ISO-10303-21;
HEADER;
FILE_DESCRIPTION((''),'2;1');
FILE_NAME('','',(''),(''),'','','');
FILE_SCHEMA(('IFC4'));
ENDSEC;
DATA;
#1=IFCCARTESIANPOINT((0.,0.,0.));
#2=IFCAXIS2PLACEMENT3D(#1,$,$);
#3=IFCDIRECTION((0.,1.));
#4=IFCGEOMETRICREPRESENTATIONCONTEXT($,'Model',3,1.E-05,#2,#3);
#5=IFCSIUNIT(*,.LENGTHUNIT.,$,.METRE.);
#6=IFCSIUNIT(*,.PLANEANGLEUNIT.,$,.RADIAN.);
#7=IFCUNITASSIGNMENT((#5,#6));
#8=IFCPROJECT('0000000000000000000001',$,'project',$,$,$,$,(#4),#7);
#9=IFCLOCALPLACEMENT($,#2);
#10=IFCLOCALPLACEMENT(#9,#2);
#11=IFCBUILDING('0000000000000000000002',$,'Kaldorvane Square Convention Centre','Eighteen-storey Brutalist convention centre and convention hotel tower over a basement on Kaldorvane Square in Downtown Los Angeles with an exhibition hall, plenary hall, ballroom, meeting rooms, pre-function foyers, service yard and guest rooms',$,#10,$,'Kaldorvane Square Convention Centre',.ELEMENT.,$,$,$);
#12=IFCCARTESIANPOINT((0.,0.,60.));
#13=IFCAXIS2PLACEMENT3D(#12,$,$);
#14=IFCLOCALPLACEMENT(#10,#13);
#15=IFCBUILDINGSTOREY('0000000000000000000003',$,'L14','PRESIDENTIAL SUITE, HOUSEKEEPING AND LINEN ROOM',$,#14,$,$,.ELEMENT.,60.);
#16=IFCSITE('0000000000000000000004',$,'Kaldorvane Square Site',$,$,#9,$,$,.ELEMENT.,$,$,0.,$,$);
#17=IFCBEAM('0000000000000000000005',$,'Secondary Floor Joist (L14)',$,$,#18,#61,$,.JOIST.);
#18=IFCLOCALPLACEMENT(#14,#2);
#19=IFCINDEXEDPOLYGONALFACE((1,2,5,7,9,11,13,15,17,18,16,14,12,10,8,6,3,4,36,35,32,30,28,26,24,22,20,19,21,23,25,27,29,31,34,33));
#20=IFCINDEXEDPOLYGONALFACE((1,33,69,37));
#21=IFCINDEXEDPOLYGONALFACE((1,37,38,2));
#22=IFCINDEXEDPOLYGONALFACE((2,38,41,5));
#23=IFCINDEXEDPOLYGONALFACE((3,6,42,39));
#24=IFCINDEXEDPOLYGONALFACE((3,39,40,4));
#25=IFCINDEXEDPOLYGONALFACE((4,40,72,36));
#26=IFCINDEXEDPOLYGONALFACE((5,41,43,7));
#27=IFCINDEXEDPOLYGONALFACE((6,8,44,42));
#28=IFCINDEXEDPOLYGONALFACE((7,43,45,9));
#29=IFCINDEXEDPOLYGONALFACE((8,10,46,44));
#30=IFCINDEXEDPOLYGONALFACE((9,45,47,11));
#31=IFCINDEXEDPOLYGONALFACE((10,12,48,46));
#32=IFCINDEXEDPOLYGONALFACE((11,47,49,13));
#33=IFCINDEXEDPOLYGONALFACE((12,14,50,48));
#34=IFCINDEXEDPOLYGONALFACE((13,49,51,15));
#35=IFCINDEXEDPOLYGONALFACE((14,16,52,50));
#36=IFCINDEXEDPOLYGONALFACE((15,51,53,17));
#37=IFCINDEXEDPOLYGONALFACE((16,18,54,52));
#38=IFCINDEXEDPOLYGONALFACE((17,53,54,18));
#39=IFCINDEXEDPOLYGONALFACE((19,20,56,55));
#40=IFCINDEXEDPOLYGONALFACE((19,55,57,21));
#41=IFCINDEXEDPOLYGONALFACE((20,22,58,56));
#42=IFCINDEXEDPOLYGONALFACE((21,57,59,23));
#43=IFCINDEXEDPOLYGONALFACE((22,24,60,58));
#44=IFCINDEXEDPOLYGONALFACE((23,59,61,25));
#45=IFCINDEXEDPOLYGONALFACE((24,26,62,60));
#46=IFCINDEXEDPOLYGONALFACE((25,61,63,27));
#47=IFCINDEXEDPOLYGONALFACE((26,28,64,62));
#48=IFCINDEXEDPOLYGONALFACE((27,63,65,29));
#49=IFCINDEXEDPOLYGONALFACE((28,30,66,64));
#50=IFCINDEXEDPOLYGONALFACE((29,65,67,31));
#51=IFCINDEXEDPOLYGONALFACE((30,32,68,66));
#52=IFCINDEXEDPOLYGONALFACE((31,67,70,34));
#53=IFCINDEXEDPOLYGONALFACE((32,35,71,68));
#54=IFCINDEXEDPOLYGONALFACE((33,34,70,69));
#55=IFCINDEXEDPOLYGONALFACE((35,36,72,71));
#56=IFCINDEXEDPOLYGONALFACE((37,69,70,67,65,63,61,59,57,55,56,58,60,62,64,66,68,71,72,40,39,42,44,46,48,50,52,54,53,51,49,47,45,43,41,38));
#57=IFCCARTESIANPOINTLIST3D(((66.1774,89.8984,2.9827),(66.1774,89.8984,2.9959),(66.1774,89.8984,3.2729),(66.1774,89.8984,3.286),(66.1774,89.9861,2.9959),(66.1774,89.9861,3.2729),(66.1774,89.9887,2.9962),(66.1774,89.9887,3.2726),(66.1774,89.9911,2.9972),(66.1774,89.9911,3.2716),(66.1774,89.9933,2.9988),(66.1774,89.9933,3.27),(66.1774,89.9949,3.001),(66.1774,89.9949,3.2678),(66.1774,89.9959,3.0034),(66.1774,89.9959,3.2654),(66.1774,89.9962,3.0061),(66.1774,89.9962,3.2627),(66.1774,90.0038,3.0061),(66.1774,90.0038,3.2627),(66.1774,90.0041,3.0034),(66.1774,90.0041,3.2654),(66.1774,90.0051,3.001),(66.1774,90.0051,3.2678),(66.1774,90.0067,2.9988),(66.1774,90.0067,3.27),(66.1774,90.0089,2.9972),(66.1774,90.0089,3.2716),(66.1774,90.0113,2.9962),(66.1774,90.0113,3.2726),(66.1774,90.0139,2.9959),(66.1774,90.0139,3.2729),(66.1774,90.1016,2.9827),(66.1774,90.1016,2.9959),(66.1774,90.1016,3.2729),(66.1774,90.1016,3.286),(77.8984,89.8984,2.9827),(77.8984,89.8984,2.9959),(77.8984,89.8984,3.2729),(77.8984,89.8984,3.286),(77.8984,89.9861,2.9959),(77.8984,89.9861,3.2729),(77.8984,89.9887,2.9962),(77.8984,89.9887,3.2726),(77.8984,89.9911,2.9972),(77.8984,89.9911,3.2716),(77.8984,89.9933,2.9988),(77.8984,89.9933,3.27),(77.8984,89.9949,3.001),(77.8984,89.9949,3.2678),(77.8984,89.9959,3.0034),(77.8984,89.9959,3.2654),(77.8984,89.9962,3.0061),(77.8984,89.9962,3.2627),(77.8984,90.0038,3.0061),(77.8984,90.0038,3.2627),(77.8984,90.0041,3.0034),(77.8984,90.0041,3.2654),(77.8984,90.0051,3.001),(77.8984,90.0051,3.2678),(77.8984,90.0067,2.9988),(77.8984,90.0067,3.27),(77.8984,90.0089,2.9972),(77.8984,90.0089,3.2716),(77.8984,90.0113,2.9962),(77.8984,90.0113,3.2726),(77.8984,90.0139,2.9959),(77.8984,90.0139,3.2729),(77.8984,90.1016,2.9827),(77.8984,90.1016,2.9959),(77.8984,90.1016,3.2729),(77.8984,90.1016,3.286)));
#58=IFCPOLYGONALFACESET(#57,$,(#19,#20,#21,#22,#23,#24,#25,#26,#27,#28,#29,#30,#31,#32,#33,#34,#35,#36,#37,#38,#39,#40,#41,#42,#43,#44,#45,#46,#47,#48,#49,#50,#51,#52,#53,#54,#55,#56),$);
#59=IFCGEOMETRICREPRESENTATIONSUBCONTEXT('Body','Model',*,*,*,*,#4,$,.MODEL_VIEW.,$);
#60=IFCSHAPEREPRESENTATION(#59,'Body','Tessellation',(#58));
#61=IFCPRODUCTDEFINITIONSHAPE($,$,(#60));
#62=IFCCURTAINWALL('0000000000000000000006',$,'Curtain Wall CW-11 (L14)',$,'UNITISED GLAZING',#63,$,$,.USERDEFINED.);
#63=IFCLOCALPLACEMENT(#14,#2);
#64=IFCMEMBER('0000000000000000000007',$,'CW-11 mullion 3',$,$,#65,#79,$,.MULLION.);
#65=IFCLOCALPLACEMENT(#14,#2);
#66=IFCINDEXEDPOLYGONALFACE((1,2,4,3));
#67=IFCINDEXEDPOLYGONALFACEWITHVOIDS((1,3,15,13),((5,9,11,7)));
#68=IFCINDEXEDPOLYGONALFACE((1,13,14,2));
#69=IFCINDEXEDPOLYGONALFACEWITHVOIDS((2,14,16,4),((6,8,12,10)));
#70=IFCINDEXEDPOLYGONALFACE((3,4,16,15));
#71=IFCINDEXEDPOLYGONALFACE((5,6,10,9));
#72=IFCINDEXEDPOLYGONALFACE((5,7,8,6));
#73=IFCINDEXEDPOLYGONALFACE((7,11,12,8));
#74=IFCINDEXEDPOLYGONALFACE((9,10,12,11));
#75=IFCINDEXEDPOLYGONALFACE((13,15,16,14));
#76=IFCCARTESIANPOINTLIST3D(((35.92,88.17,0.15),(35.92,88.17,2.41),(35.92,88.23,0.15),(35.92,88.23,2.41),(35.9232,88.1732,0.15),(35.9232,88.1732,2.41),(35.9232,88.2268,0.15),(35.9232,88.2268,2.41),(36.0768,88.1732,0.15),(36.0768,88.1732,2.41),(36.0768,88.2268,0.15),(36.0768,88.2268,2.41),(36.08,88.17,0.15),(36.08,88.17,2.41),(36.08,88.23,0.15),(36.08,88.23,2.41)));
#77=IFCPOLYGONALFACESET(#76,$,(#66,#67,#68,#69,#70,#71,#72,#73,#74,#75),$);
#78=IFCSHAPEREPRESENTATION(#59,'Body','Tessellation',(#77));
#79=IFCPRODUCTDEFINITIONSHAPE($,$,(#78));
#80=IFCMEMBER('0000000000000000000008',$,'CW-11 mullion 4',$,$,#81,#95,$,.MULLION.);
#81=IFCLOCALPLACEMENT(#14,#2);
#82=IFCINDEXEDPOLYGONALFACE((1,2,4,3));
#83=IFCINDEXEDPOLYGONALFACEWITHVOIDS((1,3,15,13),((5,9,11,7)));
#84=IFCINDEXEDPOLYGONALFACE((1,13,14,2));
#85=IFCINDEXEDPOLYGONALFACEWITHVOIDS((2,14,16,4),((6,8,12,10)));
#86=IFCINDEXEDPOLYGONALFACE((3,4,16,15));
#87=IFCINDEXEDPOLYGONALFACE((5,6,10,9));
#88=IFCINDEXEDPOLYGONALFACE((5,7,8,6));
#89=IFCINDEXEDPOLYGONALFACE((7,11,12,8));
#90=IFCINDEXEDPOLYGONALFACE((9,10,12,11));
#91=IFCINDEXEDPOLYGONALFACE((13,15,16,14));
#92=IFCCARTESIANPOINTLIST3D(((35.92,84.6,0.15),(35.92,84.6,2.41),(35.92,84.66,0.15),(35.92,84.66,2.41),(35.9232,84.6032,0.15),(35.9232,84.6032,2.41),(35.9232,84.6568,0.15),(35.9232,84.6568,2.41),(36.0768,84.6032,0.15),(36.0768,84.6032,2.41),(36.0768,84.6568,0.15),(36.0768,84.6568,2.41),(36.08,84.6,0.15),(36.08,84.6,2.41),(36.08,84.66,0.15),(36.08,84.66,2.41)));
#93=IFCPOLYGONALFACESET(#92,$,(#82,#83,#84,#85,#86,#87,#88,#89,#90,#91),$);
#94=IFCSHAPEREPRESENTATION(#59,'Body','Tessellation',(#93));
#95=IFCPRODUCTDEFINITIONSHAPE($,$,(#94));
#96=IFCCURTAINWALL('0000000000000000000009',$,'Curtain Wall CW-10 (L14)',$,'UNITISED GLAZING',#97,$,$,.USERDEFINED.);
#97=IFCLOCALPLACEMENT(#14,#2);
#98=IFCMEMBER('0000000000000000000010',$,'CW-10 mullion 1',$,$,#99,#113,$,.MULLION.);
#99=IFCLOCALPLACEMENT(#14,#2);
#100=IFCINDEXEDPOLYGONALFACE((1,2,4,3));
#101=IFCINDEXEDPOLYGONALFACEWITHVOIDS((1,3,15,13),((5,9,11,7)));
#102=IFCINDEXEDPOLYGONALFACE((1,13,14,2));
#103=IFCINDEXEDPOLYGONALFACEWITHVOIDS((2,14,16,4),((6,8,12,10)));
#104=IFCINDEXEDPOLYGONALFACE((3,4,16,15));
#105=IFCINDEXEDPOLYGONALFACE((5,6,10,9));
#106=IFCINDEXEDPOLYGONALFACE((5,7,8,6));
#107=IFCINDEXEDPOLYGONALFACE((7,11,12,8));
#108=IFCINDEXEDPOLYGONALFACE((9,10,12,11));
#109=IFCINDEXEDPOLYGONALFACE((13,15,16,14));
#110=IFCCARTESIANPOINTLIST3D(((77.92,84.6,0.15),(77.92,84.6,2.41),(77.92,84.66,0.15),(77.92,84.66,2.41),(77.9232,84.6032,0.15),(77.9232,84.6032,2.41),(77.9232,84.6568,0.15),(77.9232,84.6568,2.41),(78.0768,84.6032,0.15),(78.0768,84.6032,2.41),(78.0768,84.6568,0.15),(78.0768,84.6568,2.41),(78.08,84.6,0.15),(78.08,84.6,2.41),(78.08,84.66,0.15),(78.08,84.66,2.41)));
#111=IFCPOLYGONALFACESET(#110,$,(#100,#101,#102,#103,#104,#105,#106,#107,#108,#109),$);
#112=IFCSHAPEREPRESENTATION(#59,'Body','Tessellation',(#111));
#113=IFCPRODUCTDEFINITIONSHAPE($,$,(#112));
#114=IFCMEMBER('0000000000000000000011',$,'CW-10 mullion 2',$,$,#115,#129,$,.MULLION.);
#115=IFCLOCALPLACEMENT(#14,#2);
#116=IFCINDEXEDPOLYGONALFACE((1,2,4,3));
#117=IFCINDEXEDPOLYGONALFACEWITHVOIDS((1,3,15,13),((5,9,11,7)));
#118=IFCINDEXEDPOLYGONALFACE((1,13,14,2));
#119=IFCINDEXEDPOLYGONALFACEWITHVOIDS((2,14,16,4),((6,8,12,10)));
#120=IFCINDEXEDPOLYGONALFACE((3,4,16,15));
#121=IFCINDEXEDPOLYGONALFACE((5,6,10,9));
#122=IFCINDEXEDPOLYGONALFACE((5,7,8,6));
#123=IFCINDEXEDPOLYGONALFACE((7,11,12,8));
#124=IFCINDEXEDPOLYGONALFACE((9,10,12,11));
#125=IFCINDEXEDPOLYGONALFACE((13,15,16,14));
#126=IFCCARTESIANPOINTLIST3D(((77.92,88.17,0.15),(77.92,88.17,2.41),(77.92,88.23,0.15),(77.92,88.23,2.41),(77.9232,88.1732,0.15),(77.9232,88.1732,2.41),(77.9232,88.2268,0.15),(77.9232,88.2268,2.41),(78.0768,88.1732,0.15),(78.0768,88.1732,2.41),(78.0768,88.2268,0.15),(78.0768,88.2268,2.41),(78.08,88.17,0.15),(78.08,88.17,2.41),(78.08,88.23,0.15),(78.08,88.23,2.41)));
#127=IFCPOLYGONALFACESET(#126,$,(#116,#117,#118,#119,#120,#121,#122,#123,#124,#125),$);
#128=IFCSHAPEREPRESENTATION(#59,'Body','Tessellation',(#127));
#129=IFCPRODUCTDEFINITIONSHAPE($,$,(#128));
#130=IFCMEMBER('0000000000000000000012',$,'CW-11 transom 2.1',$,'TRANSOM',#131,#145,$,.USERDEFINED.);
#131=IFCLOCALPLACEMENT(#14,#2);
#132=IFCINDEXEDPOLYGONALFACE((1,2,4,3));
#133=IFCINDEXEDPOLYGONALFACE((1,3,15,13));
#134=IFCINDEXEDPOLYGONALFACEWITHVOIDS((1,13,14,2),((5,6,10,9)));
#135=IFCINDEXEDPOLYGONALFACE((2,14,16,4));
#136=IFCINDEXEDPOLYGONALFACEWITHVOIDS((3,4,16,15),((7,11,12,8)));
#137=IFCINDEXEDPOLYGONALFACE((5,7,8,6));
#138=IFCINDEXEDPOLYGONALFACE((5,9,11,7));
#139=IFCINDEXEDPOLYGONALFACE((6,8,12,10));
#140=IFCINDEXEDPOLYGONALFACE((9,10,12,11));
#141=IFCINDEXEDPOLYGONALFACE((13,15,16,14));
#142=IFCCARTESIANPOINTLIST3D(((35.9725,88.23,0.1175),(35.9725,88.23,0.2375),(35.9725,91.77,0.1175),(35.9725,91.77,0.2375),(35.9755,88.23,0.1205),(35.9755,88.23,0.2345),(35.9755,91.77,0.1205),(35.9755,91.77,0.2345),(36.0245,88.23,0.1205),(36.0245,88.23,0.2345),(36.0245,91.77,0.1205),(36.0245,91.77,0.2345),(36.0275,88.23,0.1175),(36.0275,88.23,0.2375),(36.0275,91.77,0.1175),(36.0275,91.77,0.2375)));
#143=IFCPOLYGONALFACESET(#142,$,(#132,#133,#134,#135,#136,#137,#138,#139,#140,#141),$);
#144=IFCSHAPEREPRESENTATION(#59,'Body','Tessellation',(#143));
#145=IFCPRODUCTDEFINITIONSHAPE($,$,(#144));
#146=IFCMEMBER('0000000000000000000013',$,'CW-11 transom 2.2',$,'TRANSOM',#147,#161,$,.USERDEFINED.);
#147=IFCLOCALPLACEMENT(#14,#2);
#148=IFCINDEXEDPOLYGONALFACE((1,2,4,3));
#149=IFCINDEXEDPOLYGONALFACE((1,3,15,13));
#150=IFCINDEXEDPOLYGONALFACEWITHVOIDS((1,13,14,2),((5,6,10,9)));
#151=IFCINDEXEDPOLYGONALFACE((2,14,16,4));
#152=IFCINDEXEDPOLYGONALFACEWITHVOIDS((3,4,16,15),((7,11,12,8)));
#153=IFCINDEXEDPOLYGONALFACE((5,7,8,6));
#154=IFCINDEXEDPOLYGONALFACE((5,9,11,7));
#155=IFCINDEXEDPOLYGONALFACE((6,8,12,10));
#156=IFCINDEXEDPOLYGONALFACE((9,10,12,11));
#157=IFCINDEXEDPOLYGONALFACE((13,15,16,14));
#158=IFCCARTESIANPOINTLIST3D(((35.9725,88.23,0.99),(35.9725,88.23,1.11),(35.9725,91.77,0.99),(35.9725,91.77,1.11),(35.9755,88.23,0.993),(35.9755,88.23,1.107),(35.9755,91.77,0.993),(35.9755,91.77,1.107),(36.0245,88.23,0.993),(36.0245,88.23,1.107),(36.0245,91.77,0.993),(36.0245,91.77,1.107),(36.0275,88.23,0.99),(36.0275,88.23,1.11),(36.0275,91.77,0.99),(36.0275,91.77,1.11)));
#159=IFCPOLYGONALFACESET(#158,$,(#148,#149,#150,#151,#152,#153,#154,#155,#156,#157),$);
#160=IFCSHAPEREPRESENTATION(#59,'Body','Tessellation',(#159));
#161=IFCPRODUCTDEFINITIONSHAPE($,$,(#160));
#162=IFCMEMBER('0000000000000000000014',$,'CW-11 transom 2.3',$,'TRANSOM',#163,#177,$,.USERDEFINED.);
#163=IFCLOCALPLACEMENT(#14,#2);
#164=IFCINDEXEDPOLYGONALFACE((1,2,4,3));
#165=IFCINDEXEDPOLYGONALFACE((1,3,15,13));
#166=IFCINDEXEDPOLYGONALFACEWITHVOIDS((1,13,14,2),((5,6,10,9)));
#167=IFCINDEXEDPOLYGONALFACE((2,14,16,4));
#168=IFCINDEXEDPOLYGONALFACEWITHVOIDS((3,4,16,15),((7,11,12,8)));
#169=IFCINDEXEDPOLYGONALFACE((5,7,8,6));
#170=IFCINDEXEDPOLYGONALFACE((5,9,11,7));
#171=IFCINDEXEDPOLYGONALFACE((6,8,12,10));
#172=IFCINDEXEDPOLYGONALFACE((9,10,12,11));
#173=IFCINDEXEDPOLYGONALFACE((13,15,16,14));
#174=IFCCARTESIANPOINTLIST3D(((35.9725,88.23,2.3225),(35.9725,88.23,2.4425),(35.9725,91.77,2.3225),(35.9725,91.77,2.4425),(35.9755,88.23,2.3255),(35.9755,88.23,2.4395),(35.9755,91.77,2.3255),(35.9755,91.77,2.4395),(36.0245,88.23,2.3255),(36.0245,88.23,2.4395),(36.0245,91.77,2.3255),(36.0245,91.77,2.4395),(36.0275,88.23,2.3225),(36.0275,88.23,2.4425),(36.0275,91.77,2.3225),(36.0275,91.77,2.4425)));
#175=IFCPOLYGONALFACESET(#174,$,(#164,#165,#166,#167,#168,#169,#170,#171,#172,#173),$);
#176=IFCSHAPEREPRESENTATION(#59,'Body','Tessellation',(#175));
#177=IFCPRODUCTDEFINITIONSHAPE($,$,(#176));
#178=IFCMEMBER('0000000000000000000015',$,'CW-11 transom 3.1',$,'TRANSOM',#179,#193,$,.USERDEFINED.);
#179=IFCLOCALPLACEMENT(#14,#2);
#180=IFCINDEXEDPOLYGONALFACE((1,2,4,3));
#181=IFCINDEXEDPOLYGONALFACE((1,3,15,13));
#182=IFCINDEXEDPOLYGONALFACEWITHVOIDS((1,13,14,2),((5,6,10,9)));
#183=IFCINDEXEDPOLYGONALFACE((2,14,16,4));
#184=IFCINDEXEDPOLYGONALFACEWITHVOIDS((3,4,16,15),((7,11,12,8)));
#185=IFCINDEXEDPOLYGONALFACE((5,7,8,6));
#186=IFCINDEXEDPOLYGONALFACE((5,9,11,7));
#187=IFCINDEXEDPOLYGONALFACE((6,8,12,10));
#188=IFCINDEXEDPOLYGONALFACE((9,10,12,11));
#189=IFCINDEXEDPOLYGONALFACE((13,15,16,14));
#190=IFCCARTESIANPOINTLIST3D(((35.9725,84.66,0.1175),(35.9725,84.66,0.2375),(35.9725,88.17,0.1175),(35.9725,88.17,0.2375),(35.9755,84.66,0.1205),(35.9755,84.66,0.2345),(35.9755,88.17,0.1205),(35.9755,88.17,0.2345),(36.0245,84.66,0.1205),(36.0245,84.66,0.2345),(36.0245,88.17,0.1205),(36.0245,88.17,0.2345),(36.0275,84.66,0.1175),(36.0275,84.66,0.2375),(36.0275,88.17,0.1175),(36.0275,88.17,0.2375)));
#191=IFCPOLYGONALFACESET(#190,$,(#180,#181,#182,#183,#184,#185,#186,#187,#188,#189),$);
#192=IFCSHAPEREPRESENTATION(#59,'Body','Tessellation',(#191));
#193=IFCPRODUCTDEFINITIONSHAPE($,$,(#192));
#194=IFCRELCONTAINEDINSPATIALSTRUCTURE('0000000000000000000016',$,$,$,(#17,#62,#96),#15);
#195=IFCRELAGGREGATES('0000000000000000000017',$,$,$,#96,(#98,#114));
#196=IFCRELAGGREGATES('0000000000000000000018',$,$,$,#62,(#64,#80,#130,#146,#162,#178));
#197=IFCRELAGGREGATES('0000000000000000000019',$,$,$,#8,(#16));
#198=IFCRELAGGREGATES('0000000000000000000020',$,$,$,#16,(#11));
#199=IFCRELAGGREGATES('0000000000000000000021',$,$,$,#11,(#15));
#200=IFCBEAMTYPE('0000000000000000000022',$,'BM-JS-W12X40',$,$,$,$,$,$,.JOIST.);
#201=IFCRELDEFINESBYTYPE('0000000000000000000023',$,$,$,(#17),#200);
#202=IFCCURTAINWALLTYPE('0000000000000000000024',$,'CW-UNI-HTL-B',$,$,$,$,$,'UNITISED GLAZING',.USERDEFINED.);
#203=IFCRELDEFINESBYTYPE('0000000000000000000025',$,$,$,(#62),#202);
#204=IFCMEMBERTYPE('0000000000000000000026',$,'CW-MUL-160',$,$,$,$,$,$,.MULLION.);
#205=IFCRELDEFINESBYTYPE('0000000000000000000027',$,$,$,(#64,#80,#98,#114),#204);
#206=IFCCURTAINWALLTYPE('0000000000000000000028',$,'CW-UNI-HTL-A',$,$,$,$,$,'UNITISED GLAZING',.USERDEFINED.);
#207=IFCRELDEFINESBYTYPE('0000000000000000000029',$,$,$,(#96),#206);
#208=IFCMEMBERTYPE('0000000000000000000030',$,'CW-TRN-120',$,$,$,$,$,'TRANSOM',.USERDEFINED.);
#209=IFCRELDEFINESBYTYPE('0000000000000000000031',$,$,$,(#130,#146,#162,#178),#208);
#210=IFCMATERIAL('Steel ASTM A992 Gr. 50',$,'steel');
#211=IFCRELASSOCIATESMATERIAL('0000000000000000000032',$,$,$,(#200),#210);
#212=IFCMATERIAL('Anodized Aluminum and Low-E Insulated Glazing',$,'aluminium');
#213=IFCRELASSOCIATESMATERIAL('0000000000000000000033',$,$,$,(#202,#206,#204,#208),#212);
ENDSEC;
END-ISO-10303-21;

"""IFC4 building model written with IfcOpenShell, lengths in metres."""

from ifc_helpers import new_model, si_unit, direction, frame, origin, origin_2d, place, context, subcontext, project, spatial, hollow_rectangle, i_section, extrude, material, material_profile, profile_set, type_object, element, aggregate, save


model = new_model("IFC4")

# Units and contexts
model_context = context("Model", 3, precision=1e-05, world=origin(), true_north=direction((0.0, 1.0)))
body_context = subcontext(model_context, "Body", "Model", "MODEL_VIEW")
ifc_project = project(units=[si_unit("LENGTHUNIT", "METRE"), si_unit("PLANEANGLEUNIT", "RADIAN")], contexts=[model_context])

# Site, building, storey
site_placement = place(None, origin())
site = spatial("IfcSite", under=ifc_project, at=site_placement, Name="Kaldorvane Square Site", CompositionType="ELEMENT", RefElevation=0.0)
building_placement = place(site_placement, origin())
building = spatial("IfcBuilding", under=site, at=building_placement, Name="Kaldorvane Square Convention Centre", Description="Eighteen-storey Brutalist convention centre and convention hotel tower over a basement on Kaldorvane Square in Downtown Los Angeles with an exhibition hall, plenary hall, ballroom, meeting rooms, pre-function foyers, service yard and guest rooms", LongName="Kaldorvane Square Convention Centre", CompositionType="ELEMENT")
storey_placement = place(building_placement, frame((0.0, 0.0, 60.0)))
storey = spatial("IfcBuildingStorey", under=building, at=storey_placement, Name="L14", Description="PRESIDENTIAL SUITE, HOUSEKEEPING AND LINEN ROOM", CompositionType="ELEMENT", Elevation=60.0)

# Beam
ifc_material_1 = material(Name="Steel ASTM A992 Gr. 50", Category="steel")
ifc_material_profile_1 = material_profile(ifc_material_1, i_section(OverallWidth=0.2033, OverallDepth=0.3033, WebThickness=0.0075, FlangeThickness=0.0131, FilletRadius=0.0102, at=origin_2d()), Name="W12X40")
ifc_profile_set_1 = profile_set([ifc_material_profile_1], Name="Steel ASTM A992 Gr. 50")
beam_type = type_object("IfcBeamType", Name="BM-JS-W12X40", PredefinedType="JOIST", material=ifc_profile_set_1)
beam_placement = place(storey_placement, frame((66.1774, 90.0, 3.1344), z_axis=(1.0, 0.0, 0.0), x_axis=(0.0, 1.0, 0.0)))
element("IfcBeam", 1, at=beam_placement, inside=storey, type_object=beam_type, Name="Secondary Floor Joist (L14)", PredefinedType="JOIST", context=body_context, shape_type="SweptSolid", body=[
    extrude(i_section(OverallWidth=0.2033, OverallDepth=0.3033, WebThickness=0.0075, FlangeThickness=0.0131, FilletRadius=0.0102, at=origin_2d()), origin(), (0.0, 0.0, 1.0), 11.721),
])

# Curtain walls, members
ifc_material_2 = material(Name="Anodized Aluminum and Low-E Insulated Glazing", Category="aluminium")
curtain_wall_type_1 = type_object("IfcCurtainWallType", Name="CW-UNI-HTL-B", ElementType="UNITISED GLAZING", PredefinedType="USERDEFINED", material=ifc_material_2)
curtain_wall_1_placement = place(storey_placement, origin())
curtain_wall_1 = element("IfcCurtainWall", 2, at=curtain_wall_1_placement, inside=storey, type_object=curtain_wall_type_1, Name="Curtain Wall CW-11 (L14)", ObjectType="UNITISED GLAZING", PredefinedType="USERDEFINED")
ifc_material_profile_2 = material_profile(ifc_material_2, hollow_rectangle(XDim=0.06, YDim=0.16, WallThickness=0.0032, at=origin_2d()), Name="CWM-160X60")
ifc_profile_set_2 = profile_set([ifc_material_profile_2], Name="Anodized Aluminum and Low-E Insulated Glazing")
member_type_1 = type_object("IfcMemberType", Name="CW-MUL-160", PredefinedType="MULLION", material=ifc_profile_set_2)
member_1_placement = place(storey_placement, frame((36.0, 88.2, 0.15), z_axis=(0.0, 0.0, 1.0), x_axis=(0.0, -1.0, 0.0)))
member_1 = element("IfcMember", 3, at=member_1_placement, type_object=member_type_1, Name="CW-11 mullion 3", PredefinedType="MULLION", context=body_context, shape_type="SweptSolid", body=[
    extrude(hollow_rectangle(XDim=0.06, YDim=0.16, WallThickness=0.0032, at=origin_2d()), origin(), (0.0, 0.0, 1.0), 2.26),
])
member_2_placement = place(storey_placement, frame((36.0, 84.63, 0.15), z_axis=(0.0, 0.0, 1.0), x_axis=(0.0, -1.0, 0.0)))
member_2 = element("IfcMember", 4, at=member_2_placement, type_object=member_type_1, Name="CW-11 mullion 4", PredefinedType="MULLION", context=body_context, shape_type="SweptSolid", body=[
    extrude(hollow_rectangle(XDim=0.06, YDim=0.16, WallThickness=0.0032, at=origin_2d()), origin(), (0.0, 0.0, 1.0), 2.26),
])
curtain_wall_type_2 = type_object("IfcCurtainWallType", Name="CW-UNI-HTL-A", ElementType="UNITISED GLAZING", PredefinedType="USERDEFINED", material=ifc_material_2)
curtain_wall_2_placement = place(storey_placement, origin())
curtain_wall_2 = element("IfcCurtainWall", 5, at=curtain_wall_2_placement, inside=storey, type_object=curtain_wall_type_2, Name="Curtain Wall CW-10 (L14)", ObjectType="UNITISED GLAZING", PredefinedType="USERDEFINED")
member_3_placement = place(storey_placement, frame((78.0, 84.63, 0.15), z_axis=(0.0, 0.0, 1.0), x_axis=(0.0, 1.0, 0.0)))
member_3 = element("IfcMember", 6, at=member_3_placement, type_object=member_type_1, Name="CW-10 mullion 1", PredefinedType="MULLION", context=body_context, shape_type="SweptSolid", body=[
    extrude(hollow_rectangle(XDim=0.06, YDim=0.16, WallThickness=0.0032, at=origin_2d()), origin(), (0.0, 0.0, 1.0), 2.26),
])
member_4_placement = place(storey_placement, frame((78.0, 88.2, 0.15), z_axis=(0.0, 0.0, 1.0), x_axis=(0.0, 1.0, 0.0)))
member_4 = element("IfcMember", 7, at=member_4_placement, type_object=member_type_1, Name="CW-10 mullion 2", PredefinedType="MULLION", context=body_context, shape_type="SweptSolid", body=[
    extrude(hollow_rectangle(XDim=0.06, YDim=0.16, WallThickness=0.0032, at=origin_2d()), origin(), (0.0, 0.0, 1.0), 2.26),
])

# Members
ifc_material_profile_3 = material_profile(ifc_material_2, hollow_rectangle(XDim=0.055, YDim=0.12, WallThickness=0.003, at=origin_2d()), Name="CWT-120X55")
ifc_profile_set_3 = profile_set([ifc_material_profile_3], Name="Anodized Aluminum and Low-E Insulated Glazing")
member_type_2 = type_object("IfcMemberType", Name="CW-TRN-120", ElementType="TRANSOM", PredefinedType="USERDEFINED", material=ifc_profile_set_3)
member_5_placement = place(storey_placement, frame((36.0, 91.77, 0.1775), z_axis=(0.0, -1.0, 0.0), x_axis=(1.0, 0.0, 0.0)))
member_5 = element("IfcMember", 8, at=member_5_placement, type_object=member_type_2, Name="CW-11 transom 2.1", ObjectType="TRANSOM", PredefinedType="USERDEFINED", context=body_context, shape_type="SweptSolid", body=[
    extrude(hollow_rectangle(XDim=0.055, YDim=0.12, WallThickness=0.003, at=origin_2d()), origin(), (0.0, 0.0, 1.0), 3.54),
])
member_6_placement = place(storey_placement, frame((36.0, 91.77, 1.05), z_axis=(0.0, -1.0, 0.0), x_axis=(1.0, 0.0, 0.0)))
member_6 = element("IfcMember", 9, at=member_6_placement, type_object=member_type_2, Name="CW-11 transom 2.2", ObjectType="TRANSOM", PredefinedType="USERDEFINED", context=body_context, shape_type="SweptSolid", body=[
    extrude(hollow_rectangle(XDim=0.055, YDim=0.12, WallThickness=0.003, at=origin_2d()), origin(), (0.0, 0.0, 1.0), 3.54),
])
member_7_placement = place(storey_placement, frame((36.0, 91.77, 2.3825), z_axis=(0.0, -1.0, 0.0), x_axis=(1.0, 0.0, 0.0)))
member_7 = element("IfcMember", 10, at=member_7_placement, type_object=member_type_2, Name="CW-11 transom 2.3", ObjectType="TRANSOM", PredefinedType="USERDEFINED", context=body_context, shape_type="SweptSolid", body=[
    extrude(hollow_rectangle(XDim=0.055, YDim=0.12, WallThickness=0.003, at=origin_2d()), origin(), (0.0, 0.0, 1.0), 3.54),
])
member_8_placement = place(storey_placement, frame((36.0, 88.17, 0.1775), z_axis=(0.0, -1.0, 0.0), x_axis=(1.0, 0.0, 0.0)))
member_8 = element("IfcMember", 11, at=member_8_placement, type_object=member_type_2, Name="CW-11 transom 3.1", ObjectType="TRANSOM", PredefinedType="USERDEFINED", context=body_context, shape_type="SweptSolid", body=[
    extrude(hollow_rectangle(XDim=0.055, YDim=0.12, WallThickness=0.003, at=origin_2d()), origin(), (0.0, 0.0, 1.0), 3.51),
])

aggregate(curtain_wall_2, [member_3, member_4])
aggregate(curtain_wall_1, [member_1, member_2, member_5, member_6, member_7, member_8])

save(model, "model.ifc")
